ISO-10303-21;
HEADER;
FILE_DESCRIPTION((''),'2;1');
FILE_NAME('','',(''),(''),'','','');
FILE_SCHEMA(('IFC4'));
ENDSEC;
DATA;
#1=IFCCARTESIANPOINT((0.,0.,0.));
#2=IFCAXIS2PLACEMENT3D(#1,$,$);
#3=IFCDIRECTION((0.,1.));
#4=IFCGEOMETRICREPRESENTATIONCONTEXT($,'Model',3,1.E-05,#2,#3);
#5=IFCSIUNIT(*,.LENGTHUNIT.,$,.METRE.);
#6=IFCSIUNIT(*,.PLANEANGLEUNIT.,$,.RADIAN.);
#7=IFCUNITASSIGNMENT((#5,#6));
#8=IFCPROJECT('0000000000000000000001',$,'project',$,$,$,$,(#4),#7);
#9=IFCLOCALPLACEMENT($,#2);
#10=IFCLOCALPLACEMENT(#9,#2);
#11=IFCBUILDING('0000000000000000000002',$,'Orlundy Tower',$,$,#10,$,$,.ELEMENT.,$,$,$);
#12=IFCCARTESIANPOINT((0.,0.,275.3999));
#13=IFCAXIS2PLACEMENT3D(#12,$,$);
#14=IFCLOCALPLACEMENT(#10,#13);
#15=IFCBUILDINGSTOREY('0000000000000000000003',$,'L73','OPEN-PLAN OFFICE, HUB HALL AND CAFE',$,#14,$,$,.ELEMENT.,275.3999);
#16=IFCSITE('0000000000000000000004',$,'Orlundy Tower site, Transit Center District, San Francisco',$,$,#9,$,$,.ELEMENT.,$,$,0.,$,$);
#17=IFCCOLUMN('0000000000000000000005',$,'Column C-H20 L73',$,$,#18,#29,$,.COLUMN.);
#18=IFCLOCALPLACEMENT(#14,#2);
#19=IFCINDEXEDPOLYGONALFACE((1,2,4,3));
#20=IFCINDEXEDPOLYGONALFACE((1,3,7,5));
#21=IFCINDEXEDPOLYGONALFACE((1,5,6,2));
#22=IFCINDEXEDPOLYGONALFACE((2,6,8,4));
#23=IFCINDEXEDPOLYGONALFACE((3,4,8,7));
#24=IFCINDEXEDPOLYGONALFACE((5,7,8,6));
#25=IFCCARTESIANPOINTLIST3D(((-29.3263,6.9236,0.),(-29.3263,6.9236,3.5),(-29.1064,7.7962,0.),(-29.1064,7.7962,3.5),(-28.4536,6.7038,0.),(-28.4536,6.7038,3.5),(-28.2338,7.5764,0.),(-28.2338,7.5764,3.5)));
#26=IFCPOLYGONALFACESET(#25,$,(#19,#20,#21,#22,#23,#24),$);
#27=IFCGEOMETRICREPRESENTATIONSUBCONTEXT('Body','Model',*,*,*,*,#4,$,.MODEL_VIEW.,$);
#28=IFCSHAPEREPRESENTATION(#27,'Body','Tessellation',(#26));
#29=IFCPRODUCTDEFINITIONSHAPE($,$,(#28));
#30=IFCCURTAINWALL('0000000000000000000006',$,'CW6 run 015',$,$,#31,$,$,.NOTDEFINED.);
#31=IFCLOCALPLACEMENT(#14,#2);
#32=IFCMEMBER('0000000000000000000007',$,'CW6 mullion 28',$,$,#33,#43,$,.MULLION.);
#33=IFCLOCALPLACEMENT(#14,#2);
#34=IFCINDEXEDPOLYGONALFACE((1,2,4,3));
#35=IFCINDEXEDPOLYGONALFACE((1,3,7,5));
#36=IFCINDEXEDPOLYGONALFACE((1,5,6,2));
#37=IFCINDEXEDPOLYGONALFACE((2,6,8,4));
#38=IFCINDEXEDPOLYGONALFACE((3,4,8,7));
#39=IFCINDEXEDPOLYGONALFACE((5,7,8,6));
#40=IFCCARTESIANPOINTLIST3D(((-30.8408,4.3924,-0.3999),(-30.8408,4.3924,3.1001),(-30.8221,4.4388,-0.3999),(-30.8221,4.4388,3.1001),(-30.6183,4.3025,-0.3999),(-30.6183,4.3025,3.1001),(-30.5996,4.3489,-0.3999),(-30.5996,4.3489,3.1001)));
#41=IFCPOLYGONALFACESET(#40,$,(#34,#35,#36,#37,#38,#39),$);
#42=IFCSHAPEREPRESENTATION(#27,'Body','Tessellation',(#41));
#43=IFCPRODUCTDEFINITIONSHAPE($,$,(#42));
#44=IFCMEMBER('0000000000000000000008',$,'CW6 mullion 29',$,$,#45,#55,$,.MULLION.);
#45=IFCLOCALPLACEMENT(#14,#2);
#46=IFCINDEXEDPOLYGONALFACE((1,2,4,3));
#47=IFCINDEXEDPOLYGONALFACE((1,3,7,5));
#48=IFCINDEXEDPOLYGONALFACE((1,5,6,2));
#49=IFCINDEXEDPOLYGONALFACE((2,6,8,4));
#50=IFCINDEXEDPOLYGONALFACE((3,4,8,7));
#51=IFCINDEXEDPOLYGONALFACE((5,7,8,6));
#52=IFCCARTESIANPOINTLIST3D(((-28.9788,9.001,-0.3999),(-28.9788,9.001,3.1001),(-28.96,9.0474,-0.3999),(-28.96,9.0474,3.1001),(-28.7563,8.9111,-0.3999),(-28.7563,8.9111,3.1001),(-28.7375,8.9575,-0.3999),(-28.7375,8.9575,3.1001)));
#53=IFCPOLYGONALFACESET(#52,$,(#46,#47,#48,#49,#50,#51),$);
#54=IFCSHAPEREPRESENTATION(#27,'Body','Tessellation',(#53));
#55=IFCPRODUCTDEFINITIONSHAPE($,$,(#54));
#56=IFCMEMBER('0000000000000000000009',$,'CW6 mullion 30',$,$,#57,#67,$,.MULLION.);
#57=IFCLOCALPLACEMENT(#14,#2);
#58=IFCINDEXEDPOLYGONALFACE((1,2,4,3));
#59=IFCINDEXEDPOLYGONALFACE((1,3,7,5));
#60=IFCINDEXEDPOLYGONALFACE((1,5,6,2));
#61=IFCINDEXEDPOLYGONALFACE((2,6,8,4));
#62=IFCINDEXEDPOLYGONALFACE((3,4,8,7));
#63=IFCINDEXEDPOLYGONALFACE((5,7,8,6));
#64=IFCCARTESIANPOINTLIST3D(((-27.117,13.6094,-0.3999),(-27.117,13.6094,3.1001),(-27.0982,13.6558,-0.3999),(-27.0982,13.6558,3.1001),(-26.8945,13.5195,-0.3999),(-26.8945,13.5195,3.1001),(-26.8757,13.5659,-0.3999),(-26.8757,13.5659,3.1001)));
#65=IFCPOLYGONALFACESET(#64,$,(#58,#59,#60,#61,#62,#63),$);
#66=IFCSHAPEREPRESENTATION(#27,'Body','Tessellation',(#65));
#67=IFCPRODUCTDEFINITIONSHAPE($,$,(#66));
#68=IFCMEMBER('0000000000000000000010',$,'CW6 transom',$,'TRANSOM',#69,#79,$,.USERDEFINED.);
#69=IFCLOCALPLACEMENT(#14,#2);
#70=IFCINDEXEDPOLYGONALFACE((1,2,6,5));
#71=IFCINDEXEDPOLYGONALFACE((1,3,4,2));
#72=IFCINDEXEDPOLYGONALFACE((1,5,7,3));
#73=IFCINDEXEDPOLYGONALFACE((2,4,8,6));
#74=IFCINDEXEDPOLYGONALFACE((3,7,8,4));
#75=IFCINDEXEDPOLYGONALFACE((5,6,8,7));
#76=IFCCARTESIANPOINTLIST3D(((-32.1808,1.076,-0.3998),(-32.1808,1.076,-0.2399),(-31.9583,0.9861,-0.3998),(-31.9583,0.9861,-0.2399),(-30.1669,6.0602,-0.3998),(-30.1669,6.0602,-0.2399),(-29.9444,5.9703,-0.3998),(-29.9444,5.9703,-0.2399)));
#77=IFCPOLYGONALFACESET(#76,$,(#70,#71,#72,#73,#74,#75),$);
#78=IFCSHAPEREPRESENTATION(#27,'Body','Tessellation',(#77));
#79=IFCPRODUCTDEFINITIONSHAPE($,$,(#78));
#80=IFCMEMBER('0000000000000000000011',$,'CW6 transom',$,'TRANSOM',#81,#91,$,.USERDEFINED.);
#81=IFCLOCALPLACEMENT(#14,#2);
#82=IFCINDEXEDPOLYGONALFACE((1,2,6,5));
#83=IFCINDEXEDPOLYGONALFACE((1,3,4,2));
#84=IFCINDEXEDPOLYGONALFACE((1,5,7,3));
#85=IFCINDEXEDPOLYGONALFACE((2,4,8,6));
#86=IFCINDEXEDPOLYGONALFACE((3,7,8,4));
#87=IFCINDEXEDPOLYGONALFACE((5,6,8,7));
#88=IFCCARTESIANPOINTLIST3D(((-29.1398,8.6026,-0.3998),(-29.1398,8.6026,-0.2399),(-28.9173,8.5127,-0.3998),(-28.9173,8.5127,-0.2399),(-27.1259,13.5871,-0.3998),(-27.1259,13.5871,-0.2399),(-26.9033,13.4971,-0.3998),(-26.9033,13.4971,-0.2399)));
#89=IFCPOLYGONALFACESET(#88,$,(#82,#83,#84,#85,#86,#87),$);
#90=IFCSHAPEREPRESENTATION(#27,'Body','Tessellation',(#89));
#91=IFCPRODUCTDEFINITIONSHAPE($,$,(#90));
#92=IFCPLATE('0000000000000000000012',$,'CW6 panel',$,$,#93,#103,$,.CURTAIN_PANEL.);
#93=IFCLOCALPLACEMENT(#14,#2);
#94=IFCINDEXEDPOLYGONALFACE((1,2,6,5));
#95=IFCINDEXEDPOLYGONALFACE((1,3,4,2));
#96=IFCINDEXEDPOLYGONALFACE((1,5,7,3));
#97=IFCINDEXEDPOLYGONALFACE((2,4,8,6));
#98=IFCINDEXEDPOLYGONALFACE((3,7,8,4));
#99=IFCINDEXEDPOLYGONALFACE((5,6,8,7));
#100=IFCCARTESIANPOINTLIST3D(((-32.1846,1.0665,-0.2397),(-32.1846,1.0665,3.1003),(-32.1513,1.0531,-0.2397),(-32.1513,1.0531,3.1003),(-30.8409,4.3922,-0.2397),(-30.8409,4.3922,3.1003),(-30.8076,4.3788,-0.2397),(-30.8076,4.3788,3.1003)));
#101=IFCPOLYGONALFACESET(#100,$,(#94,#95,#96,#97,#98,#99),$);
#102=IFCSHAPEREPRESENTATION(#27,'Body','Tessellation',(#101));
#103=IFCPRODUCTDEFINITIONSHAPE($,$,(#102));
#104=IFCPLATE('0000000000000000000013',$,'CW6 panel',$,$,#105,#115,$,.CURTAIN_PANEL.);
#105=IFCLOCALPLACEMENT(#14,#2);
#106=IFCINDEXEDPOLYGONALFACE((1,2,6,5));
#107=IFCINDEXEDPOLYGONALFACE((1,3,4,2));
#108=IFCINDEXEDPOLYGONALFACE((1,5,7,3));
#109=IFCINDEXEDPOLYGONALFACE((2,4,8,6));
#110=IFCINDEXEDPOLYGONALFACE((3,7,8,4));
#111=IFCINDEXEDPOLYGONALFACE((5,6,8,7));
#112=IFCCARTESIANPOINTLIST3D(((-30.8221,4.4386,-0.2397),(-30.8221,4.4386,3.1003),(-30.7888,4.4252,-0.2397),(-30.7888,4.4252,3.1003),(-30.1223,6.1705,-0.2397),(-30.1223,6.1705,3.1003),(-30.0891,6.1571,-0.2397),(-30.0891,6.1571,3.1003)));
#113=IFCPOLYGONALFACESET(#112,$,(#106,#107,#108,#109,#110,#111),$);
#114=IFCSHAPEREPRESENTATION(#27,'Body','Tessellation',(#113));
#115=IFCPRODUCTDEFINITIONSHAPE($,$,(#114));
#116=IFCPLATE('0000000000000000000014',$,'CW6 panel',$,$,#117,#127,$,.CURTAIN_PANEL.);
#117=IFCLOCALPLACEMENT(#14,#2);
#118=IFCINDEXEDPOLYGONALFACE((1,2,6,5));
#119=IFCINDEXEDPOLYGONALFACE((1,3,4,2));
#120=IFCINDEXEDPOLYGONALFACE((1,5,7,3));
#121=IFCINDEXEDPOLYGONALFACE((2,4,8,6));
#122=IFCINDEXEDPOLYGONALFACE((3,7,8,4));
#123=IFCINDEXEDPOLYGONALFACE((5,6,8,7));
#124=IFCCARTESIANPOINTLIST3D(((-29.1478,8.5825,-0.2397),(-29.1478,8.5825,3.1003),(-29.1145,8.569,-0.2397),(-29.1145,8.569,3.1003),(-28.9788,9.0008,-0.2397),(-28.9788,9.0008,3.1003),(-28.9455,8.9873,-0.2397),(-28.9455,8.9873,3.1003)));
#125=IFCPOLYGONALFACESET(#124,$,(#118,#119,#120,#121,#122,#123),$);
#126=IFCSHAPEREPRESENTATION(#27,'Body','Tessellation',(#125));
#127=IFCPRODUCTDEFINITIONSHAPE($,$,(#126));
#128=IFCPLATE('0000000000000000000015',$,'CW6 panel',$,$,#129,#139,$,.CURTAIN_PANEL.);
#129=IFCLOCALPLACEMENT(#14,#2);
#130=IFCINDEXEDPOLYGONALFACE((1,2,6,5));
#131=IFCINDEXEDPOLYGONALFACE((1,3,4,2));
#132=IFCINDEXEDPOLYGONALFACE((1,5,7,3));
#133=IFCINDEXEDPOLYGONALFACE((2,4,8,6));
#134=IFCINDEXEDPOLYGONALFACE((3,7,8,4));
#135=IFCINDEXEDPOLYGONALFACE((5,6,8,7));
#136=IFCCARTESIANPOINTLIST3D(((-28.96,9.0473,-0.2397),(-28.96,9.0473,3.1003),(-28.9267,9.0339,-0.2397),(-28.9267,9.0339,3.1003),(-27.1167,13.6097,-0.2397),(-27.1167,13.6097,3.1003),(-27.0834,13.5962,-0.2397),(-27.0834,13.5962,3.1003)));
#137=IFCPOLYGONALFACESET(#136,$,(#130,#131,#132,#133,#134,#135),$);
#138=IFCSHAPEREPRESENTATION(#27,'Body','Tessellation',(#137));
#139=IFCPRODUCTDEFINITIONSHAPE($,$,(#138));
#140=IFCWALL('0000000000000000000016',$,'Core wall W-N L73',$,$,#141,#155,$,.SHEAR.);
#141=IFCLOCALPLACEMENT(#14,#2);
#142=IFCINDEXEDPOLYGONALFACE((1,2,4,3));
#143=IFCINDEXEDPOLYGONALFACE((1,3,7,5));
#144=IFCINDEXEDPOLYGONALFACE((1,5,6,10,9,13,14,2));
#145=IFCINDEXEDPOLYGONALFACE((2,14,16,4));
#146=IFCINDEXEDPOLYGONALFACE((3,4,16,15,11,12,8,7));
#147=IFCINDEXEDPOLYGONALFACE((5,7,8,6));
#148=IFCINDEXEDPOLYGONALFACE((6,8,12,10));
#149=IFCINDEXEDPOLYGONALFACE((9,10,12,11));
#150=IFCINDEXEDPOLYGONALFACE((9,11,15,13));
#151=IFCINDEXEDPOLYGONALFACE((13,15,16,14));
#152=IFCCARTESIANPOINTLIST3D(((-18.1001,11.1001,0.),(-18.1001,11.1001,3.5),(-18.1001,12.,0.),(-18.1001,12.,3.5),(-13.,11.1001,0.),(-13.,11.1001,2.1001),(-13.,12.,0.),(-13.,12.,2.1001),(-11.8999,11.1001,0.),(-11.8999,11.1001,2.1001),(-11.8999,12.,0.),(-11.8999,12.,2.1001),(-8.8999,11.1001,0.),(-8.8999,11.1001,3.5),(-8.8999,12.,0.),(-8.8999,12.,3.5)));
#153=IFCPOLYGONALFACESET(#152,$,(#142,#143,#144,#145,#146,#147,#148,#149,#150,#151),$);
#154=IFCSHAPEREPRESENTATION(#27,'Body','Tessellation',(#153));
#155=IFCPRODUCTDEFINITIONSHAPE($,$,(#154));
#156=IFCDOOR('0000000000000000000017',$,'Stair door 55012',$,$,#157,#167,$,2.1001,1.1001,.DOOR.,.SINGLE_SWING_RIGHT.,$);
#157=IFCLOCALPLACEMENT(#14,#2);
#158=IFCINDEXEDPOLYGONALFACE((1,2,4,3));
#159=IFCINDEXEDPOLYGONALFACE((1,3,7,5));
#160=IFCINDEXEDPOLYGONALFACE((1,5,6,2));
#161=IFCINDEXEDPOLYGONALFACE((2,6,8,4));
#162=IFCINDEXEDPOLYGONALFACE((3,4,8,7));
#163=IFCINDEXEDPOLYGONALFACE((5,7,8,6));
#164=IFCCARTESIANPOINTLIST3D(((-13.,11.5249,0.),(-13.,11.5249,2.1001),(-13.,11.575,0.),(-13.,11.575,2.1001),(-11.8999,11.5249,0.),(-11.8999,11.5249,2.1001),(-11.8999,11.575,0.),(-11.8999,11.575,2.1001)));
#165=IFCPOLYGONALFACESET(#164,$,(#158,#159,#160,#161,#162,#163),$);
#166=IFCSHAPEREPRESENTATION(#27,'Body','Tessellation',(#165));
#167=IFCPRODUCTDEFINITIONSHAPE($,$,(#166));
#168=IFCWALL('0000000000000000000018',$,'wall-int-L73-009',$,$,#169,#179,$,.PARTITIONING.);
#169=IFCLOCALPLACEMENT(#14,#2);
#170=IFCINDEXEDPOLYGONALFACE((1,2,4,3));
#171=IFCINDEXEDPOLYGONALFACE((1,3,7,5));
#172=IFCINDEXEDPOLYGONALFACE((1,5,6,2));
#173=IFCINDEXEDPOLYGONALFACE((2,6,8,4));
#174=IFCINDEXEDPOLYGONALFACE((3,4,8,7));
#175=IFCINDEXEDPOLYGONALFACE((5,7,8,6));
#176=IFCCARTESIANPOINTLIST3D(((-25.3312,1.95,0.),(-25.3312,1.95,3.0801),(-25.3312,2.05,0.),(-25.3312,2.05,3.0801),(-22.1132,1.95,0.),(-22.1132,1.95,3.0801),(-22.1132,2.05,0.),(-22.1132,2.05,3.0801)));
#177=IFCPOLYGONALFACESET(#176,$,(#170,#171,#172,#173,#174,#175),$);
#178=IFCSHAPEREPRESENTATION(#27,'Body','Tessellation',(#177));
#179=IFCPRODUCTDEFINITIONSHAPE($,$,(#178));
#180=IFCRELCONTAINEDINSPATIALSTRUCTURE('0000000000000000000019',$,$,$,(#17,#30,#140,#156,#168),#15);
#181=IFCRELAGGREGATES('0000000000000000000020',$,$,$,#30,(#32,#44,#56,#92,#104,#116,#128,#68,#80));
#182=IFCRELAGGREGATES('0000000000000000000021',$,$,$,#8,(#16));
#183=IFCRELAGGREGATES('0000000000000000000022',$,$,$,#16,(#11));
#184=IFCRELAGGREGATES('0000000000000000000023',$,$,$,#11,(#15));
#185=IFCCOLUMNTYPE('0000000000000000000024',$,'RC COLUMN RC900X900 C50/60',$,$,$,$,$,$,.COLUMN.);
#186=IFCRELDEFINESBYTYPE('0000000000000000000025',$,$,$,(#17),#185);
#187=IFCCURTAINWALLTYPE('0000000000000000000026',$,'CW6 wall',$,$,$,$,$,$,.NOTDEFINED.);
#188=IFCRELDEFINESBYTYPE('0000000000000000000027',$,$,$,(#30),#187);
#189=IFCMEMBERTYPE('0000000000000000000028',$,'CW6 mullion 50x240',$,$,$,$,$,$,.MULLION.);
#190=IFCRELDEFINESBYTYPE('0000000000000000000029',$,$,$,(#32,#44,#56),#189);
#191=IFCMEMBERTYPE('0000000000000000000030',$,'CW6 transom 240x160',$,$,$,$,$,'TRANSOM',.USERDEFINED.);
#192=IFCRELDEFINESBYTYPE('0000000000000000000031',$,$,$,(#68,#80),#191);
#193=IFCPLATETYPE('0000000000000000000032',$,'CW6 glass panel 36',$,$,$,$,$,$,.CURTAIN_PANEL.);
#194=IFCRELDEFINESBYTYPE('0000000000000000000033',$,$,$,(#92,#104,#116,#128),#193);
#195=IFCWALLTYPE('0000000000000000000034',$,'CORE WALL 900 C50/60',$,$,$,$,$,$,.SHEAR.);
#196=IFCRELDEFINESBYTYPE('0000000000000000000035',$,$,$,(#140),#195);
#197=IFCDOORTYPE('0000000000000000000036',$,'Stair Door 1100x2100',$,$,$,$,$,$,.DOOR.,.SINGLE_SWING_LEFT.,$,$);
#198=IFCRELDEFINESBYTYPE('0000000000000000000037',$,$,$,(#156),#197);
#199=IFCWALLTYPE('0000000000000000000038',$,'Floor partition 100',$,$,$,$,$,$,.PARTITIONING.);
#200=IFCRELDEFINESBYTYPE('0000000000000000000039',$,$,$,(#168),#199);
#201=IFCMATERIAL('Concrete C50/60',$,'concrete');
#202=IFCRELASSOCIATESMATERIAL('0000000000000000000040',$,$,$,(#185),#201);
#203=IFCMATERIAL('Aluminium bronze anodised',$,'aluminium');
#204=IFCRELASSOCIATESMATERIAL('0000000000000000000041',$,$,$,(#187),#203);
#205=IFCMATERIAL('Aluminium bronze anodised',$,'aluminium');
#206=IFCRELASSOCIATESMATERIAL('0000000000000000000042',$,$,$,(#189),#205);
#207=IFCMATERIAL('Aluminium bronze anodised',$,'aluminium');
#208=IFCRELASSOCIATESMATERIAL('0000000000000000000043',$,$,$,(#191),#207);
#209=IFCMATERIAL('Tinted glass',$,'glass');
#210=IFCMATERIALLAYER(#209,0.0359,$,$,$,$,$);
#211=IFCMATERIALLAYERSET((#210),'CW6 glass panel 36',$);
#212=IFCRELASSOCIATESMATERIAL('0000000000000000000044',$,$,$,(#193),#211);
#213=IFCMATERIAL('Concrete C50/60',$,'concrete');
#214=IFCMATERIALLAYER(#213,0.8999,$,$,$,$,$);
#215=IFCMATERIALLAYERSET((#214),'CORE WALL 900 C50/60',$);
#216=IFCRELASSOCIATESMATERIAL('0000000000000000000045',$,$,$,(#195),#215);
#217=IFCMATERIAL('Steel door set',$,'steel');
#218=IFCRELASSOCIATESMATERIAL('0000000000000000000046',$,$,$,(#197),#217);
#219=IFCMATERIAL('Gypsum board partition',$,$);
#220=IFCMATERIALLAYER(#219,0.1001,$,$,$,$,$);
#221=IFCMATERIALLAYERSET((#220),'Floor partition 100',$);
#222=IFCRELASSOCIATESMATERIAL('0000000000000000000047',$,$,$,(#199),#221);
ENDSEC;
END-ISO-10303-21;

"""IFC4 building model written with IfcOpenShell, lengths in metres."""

from ifc_helpers import new_model, si_unit, direction, frame, frame_2d, origin, origin_2d, place, context, subcontext, project, spatial, rectangle, extrude, material, layer, layer_set, material_profile, profile_set, type_object, element, fill, aggregate, save


model = new_model("IFC4")

# Units and contexts
model_context = context("Model", 3, precision=1e-05, world=origin(), true_north=direction((0.0, 1.0)))
body_context = subcontext(model_context, "Body", "Model", "MODEL_VIEW")
ifc_project = project(units=[si_unit("LENGTHUNIT", "METRE"), si_unit("PLANEANGLEUNIT", "RADIAN")], contexts=[model_context])

# Site, building, storey
site_placement = place(None, origin())
site = spatial("IfcSite", under=ifc_project, at=site_placement, Name="Orlundy Tower site, Transit Center District, San Francisco", CompositionType="ELEMENT", RefElevation=0.0)
building_placement = place(site_placement, origin())
building = spatial("IfcBuilding", under=site, at=building_placement, Name="Orlundy Tower", CompositionType="ELEMENT")
storey_placement = place(building_placement, frame((0.0, 0.0, 275.3999)))
storey = spatial("IfcBuildingStorey", under=building, at=storey_placement, Name="L73", Description="OPEN-PLAN OFFICE, HUB HALL AND CAFE", CompositionType="ELEMENT", Elevation=275.3999)

# Column
ifc_material_1 = material(Name="Concrete C50/60", Category="concrete")
ifc_material_profile_1 = material_profile(ifc_material_1, rectangle(XDim=0.8999, YDim=0.8999, at=origin_2d()), Name="RC900X900")
ifc_profile_set_1 = profile_set([ifc_material_profile_1], Name="Concrete C50/60")
column_type = type_object("IfcColumnType", Name="RC COLUMN RC900X900 C50/60", PredefinedType="COLUMN", material=ifc_profile_set_1)
column_placement = place(storey_placement, frame((-28.78, 7.25, 0.0), z_axis=(0.0, 0.0, 1.0), x_axis=(-0.969706, 0.244275, 0.0)))
element("IfcColumn", 1, at=column_placement, inside=storey, type_object=column_type, Name="Column C-H20 L73", PredefinedType="COLUMN", context=body_context, shape_type="SweptSolid", body=[
    extrude(rectangle(XDim=0.8999, YDim=0.8999, at=origin_2d()), origin(), (0.0, 0.0, 1.0), 3.5),
])

# Curtain wall, members, plates
ifc_material_2 = material(Name="Aluminium bronze anodised", Category="aluminium")
curtain_wall_type = type_object("IfcCurtainWallType", Name="CW6 wall", PredefinedType="NOTDEFINED", material=ifc_material_2)
curtain_wall_placement = place(storey_placement, origin())
curtain_wall = element("IfcCurtainWall", 2, at=curtain_wall_placement, inside=storey, type_object=curtain_wall_type, Name="CW6 run 015", PredefinedType="NOTDEFINED")
ifc_material_3 = material(Name="Aluminium bronze anodised", Category="aluminium")
ifc_material_profile_2 = material_profile(ifc_material_3, rectangle(XDim=0.24, YDim=0.05, at=origin_2d()), Name="CW6 mullion 50x240")
ifc_profile_set_2 = profile_set([ifc_material_profile_2], Name="Aluminium bronze anodised")
member_type_1 = type_object("IfcMemberType", Name="CW6 mullion 50x240", PredefinedType="MULLION", material=ifc_profile_set_2)
member_1_placement = place(storey_placement, frame((-30.7202, 4.3706, -0.3999), z_axis=(0.0, 0.0, 1.0), x_axis=(-0.927184, 0.374607, 0.0)))
member_1 = element("IfcMember", 3, at=member_1_placement, type_object=member_type_1, Name="CW6 mullion 28", PredefinedType="MULLION", context=body_context, shape_type="SweptSolid", body=[
    extrude(rectangle(XDim=0.24, YDim=0.05, at=origin_2d()), origin(), (0.0, 0.0, 1.0), 3.5),
])
member_2_placement = place(storey_placement, frame((-28.8582, 8.9792, -0.3999), z_axis=(0.0, 0.0, 1.0), x_axis=(-0.927184, 0.374607, 0.0)))
member_2 = element("IfcMember", 4, at=member_2_placement, type_object=member_type_1, Name="CW6 mullion 29", PredefinedType="MULLION", context=body_context, shape_type="SweptSolid", body=[
    extrude(rectangle(XDim=0.24, YDim=0.05, at=origin_2d()), origin(), (0.0, 0.0, 1.0), 3.5),
])
member_3_placement = place(storey_placement, frame((-26.9963, 13.5876, -0.3999), z_axis=(0.0, 0.0, 1.0), x_axis=(-0.927184, 0.374607, 0.0)))
member_3 = element("IfcMember", 5, at=member_3_placement, type_object=member_type_1, Name="CW6 mullion 30", PredefinedType="MULLION", context=body_context, shape_type="SweptSolid", body=[
    extrude(rectangle(XDim=0.24, YDim=0.05, at=origin_2d()), origin(), (0.0, 0.0, 1.0), 3.5),
])
ifc_material_4 = material(Name="Aluminium bronze anodised", Category="aluminium")
ifc_material_profile_3 = material_profile(ifc_material_4, rectangle(XDim=0.24, YDim=0.1599, at=origin_2d()), Name="CW6 transom 240x160")
ifc_profile_set_3 = profile_set([ifc_material_profile_3], Name="Aluminium bronze anodised")
member_type_2 = type_object("IfcMemberType", Name="CW6 transom 240x160", ElementType="TRANSOM", PredefinedType="USERDEFINED", material=ifc_profile_set_3)
member_4_placement = place(storey_placement, frame((-32.0696, 1.031, -0.3198), z_axis=(0.374638, 0.927171, 0.0), x_axis=(-0.927171, 0.374638, 0.0)))
member_4 = element("IfcMember", 6, at=member_4_placement, type_object=member_type_2, Name="CW6 transom", ObjectType="TRANSOM", PredefinedType="USERDEFINED", context=body_context, shape_type="SweptSolid", body=[
    extrude(rectangle(XDim=0.24, YDim=0.1599, at=origin_2d()), origin(), (0.0, 0.0, 1.0), 5.3757),
])
member_5_placement = place(storey_placement, frame((-29.0286, 8.5576, -0.3198), z_axis=(0.374622, 0.927178, 0.0), x_axis=(-0.927178, 0.374622, 0.0)))
member_5 = element("IfcMember", 7, at=member_5_placement, type_object=member_type_2, Name="CW6 transom", ObjectType="TRANSOM", PredefinedType="USERDEFINED", context=body_context, shape_type="SweptSolid", body=[
    extrude(rectangle(XDim=0.24, YDim=0.1599, at=origin_2d()), origin(), (0.0, 0.0, 1.0), 5.376),
])
ifc_material_5 = material(Name="Tinted glass", Category="glass")
ifc_layer_1 = layer(ifc_material_5, 0.0359)
ifc_layer_set_1 = layer_set([ifc_layer_1], Name="CW6 glass panel 36")
plate_type = type_object("IfcPlateType", Name="CW6 glass panel 36", PredefinedType="CURTAIN_PANEL", material=ifc_layer_set_1)
plate_1_placement = place(storey_placement, frame((-31.4961, 2.7227, -0.2397), z_axis=(0.0, 0.0, 1.0), x_axis=(0.374607, 0.927184, 0.0)))
plate_1 = element("IfcPlate", 8, at=plate_1_placement, type_object=plate_type, Name="CW6 panel", PredefinedType="CURTAIN_PANEL", context=body_context, shape_type="SweptSolid", body=[
    extrude(rectangle(XDim=3.5869, YDim=0.0359, at=origin_2d()), origin(), (0.0, 0.0, 1.0), 3.3401),
])
plate_2_placement = place(storey_placement, frame((-30.4556, 5.2979, -0.2397), z_axis=(0.0, 0.0, 1.0), x_axis=(0.374607, 0.927184, 0.0)))
plate_2 = element("IfcPlate", 9, at=plate_2_placement, type_object=plate_type, Name="CW6 panel", PredefinedType="CURTAIN_PANEL", context=body_context, shape_type="SweptSolid", body=[
    extrude(rectangle(XDim=1.8679, YDim=0.0359, at=origin_2d()), origin(), (0.0, 0.0, 1.0), 3.3401),
])
plate_3_placement = place(storey_placement, frame((-29.0466, 8.7849, -0.2397), z_axis=(0.0, 0.0, 1.0), x_axis=(0.374607, 0.927184, 0.0)))
plate_3 = element("IfcPlate", 10, at=plate_3_placement, type_object=plate_type, Name="CW6 panel", PredefinedType="CURTAIN_PANEL", context=body_context, shape_type="SweptSolid", body=[
    extrude(rectangle(XDim=0.4512, YDim=0.0359, at=origin_2d()), origin(), (0.0, 0.0, 1.0), 3.3401),
])
plate_4_placement = place(storey_placement, frame((-28.0217, 11.3218, -0.2397), z_axis=(0.0, 0.0, 1.0), x_axis=(0.374607, 0.927184, 0.0)))
plate_4 = element("IfcPlate", 11, at=plate_4_placement, type_object=plate_type, Name="CW6 panel", PredefinedType="CURTAIN_PANEL", context=body_context, shape_type="SweptSolid", body=[
    extrude(rectangle(XDim=4.9207, YDim=0.0359, at=origin_2d()), origin(), (0.0, 0.0, 1.0), 3.3401),
])
aggregate(curtain_wall, [member_1, member_2, member_3, plate_1, plate_2, plate_3, plate_4, member_4, member_5])

# Wall, opening, door
ifc_material_6 = material(Name="Concrete C50/60", Category="concrete")
ifc_layer_2 = layer(ifc_material_6, 0.8999)
ifc_layer_set_2 = layer_set([ifc_layer_2], Name="CORE WALL 900 C50/60")
wall_type_1 = type_object("IfcWallType", Name="CORE WALL 900 C50/60", PredefinedType="SHEAR", material=ifc_layer_set_2)
wall_1_placement = place(storey_placement, frame((-18.1001, 11.55, 0.0), z_axis=(0.0, 0.0, 1.0), x_axis=(1.0, 0.0, 0.0)))
wall_1 = element("IfcWall", 12, at=wall_1_placement, inside=storey, type_object=wall_type_1, Name="Core wall W-N L73", PredefinedType="SHEAR", context=body_context, shape_type="SweptSolid", body=[
    extrude(rectangle(XDim=9.2002, YDim=0.8999, at=frame_2d((4.6001, 0.0))), origin(), (0.0, 0.0, 1.0), 3.5),
])
opening_placement = place(wall_1_placement, frame((5.1001, 0.0, 0.0)))
opening = element("IfcOpeningElement", 13, at=opening_placement, cuts=wall_1, PredefinedType="OPENING", context=body_context, shape_type="SweptSolid", body=[
    extrude(rectangle(XDim=1.1001, YDim=2.1001, at=frame_2d((0.55, 1.05))), frame((0.0, 0.46, 0.0), z_axis=(0.0, -1.0, 0.0), x_axis=(1.0, 0.0, 0.0)), (0.0, 0.0, 1.0), 0.9199),
])
ifc_material_7 = material(Name="Steel door set", Category="steel")
door_type = type_object("IfcDoorType", Name="Stair Door 1100x2100", OperationType="SINGLE_SWING_LEFT", PredefinedType="DOOR", material=ifc_material_7)
door_placement = place(opening_placement, origin())
door = element("IfcDoor", 14, at=door_placement, inside=storey, type_object=door_type, Name="Stair door 55012", OperationType="SINGLE_SWING_RIGHT", OverallHeight=2.1001, OverallWidth=1.1001, PredefinedType="DOOR", context=body_context, shape_type="SweptSolid", body=[
    extrude(rectangle(XDim=1.1001, YDim=2.1001, at=frame_2d((0.55, 1.05))), frame((0.0, 0.0249, 0.0), z_axis=(0.0, -1.0, 0.0), x_axis=(1.0, 0.0, 0.0)), (0.0, 0.0, 1.0), 0.05),
])
fill(opening, door)

# Wall
ifc_material_8 = material(Name="Gypsum board partition")
ifc_layer_3 = layer(ifc_material_8, 0.1001)
ifc_layer_set_3 = layer_set([ifc_layer_3], Name="Floor partition 100")
wall_type_2 = type_object("IfcWallType", Name="Floor partition 100", PredefinedType="PARTITIONING", material=ifc_layer_set_3)
wall_2_placement = place(storey_placement, frame((-25.3311, 2.0, 0.0), z_axis=(0.0, 0.0, 1.0), x_axis=(1.0, 0.0, 0.0)))
element("IfcWall", 15, at=wall_2_placement, inside=storey, type_object=wall_type_2, Name="wall-int-L73-009", PredefinedType="PARTITIONING", context=body_context, shape_type="SweptSolid", body=[
    extrude(rectangle(XDim=3.218, YDim=0.1001, at=frame_2d((1.6089, 0.0))), origin(), (0.0, 0.0, 1.0), 3.0801),
])

save(model, "model.ifc")
